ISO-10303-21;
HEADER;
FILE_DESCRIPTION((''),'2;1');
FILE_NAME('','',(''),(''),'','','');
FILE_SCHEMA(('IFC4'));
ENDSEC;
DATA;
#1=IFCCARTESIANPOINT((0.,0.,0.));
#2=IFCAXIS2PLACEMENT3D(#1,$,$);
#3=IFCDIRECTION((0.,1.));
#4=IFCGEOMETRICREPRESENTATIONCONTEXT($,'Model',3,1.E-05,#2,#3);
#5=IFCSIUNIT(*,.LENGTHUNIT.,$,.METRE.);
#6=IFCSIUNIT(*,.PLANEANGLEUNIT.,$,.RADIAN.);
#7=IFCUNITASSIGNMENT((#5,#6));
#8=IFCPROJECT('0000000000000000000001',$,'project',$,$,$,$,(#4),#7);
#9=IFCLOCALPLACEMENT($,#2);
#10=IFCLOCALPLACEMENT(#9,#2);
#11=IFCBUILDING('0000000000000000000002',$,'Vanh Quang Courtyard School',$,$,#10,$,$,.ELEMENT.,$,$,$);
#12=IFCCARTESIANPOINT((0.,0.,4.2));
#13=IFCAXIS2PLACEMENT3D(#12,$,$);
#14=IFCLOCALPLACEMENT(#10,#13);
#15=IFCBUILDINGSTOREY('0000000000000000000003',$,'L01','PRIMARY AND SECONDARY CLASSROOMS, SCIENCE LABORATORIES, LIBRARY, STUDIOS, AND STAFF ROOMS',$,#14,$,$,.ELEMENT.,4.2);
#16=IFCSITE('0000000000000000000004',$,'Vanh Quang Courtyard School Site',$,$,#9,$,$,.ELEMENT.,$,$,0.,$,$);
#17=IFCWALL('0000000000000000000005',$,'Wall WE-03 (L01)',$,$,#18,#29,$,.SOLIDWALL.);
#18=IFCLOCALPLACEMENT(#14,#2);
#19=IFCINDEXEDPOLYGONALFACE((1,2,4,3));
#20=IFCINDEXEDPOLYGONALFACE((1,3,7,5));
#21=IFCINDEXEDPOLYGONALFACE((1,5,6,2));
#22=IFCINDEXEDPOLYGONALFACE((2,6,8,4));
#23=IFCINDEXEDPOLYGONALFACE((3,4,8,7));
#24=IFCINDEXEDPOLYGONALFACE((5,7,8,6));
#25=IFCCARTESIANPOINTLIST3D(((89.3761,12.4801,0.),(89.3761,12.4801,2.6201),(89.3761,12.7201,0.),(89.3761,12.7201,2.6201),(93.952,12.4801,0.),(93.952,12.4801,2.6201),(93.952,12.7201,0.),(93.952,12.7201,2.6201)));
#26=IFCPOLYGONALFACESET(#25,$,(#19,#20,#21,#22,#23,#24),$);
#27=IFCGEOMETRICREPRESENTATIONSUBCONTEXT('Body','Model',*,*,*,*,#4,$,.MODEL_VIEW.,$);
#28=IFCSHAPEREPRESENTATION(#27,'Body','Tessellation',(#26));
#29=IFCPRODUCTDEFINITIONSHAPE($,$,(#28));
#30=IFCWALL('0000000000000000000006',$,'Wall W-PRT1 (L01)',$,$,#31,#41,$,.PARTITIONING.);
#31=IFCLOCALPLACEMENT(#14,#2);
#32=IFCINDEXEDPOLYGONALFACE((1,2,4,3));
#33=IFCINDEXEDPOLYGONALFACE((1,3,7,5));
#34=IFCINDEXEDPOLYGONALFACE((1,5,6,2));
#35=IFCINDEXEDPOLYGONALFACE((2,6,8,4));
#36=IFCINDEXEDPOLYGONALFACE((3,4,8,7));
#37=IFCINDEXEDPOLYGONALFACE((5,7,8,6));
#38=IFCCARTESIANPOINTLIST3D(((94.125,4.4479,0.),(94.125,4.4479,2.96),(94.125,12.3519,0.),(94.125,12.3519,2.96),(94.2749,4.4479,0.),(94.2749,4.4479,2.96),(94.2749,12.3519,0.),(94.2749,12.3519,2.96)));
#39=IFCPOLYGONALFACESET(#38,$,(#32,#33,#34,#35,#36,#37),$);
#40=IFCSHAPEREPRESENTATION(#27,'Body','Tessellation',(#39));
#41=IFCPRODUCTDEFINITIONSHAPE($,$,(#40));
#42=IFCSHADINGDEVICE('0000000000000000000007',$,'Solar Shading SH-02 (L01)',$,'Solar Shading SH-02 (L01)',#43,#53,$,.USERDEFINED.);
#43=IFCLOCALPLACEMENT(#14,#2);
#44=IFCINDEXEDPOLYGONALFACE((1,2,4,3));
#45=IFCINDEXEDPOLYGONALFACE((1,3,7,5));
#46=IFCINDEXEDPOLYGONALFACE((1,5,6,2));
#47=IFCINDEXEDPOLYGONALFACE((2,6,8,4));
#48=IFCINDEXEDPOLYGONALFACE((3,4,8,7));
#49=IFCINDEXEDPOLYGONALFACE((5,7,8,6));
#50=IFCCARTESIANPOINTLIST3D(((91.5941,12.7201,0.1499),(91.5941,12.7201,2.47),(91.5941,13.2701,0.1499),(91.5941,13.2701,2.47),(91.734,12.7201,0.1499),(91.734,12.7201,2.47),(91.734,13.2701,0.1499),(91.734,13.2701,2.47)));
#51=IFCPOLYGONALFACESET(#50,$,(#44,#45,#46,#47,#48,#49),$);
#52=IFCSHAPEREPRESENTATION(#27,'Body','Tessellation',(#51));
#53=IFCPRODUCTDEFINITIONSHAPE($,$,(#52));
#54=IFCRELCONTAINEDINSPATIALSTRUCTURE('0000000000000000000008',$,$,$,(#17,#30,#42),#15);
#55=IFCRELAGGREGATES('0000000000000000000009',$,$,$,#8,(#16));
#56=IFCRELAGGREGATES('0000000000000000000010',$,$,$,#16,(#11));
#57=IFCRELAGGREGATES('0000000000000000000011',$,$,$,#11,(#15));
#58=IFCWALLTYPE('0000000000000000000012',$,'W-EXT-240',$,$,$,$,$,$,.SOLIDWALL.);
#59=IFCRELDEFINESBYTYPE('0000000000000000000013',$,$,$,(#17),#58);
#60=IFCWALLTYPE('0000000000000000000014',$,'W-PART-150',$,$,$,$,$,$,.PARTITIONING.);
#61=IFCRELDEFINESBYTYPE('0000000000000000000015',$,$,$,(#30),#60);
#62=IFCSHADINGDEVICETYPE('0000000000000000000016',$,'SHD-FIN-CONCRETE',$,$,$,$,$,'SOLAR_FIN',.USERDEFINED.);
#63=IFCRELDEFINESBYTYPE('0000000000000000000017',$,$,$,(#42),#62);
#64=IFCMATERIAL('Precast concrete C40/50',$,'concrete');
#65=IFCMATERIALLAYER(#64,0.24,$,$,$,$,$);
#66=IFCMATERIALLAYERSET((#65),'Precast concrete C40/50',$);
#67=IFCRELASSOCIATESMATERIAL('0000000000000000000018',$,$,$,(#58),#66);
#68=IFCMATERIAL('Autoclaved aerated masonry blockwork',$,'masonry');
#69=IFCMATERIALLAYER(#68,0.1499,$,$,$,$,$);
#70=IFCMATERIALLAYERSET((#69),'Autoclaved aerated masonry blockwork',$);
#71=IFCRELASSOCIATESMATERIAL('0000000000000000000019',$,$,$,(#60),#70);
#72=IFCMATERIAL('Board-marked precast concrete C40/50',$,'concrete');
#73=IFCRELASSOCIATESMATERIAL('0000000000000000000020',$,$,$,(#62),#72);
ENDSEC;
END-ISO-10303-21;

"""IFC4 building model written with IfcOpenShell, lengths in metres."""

from ifc_helpers import new_model, si_unit, direction, frame, frame_2d, origin, origin_2d, place, context, subcontext, project, spatial, rectangle, extrude, material, layer, layer_set, type_object, element, save


model = new_model("IFC4")

# Units and contexts
model_context = context("Model", 3, precision=1e-05, world=origin(), true_north=direction((0.0, 1.0)))
body_context = subcontext(model_context, "Body", "Model", "MODEL_VIEW")
ifc_project = project(units=[si_unit("LENGTHUNIT", "METRE"), si_unit("PLANEANGLEUNIT", "RADIAN")], contexts=[model_context])

# Site, building, storey
site_placement = place(None, origin())
site = spatial("IfcSite", under=ifc_project, at=site_placement, Name="Vanh Quang Courtyard School Site", CompositionType="ELEMENT", RefElevation=0.0)
building_placement = place(site_placement, origin())
building = spatial("IfcBuilding", under=site, at=building_placement, Name="Vanh Quang Courtyard School", CompositionType="ELEMENT")
storey_placement = place(building_placement, frame((0.0, 0.0, 4.2)))
storey = spatial("IfcBuildingStorey", under=building, at=storey_placement, Name="L01", Description="PRIMARY AND SECONDARY CLASSROOMS, SCIENCE LABORATORIES, LIBRARY, STUDIOS, AND STAFF ROOMS", CompositionType="ELEMENT", Elevation=4.2)

# Walls
ifc_material_1 = material(Name="Precast concrete C40/50", Category="concrete")
ifc_layer_1 = layer(ifc_material_1, 0.24)
ifc_layer_set_1 = layer_set([ifc_layer_1], Name="Precast concrete C40/50")
wall_type_1 = type_object("IfcWallType", Name="W-EXT-240", PredefinedType="SOLIDWALL", material=ifc_layer_set_1)
wall_1_placement = place(storey_placement, frame((89.376, 12.6001, 0.0), z_axis=(0.0, 0.0, 1.0), x_axis=(1.0, 0.0, 0.0)))
element("IfcWall", 1, at=wall_1_placement, inside=storey, type_object=wall_type_1, Name="Wall WE-03 (L01)", PredefinedType="SOLIDWALL", context=body_context, shape_type="SweptSolid", body=[
    extrude(rectangle(XDim=4.5759, YDim=0.24, at=frame_2d((2.2881, 0.0))), origin(), (0.0, 0.0, 1.0), 2.6201),
])
ifc_material_2 = material(Name="Autoclaved aerated masonry blockwork", Category="masonry")
ifc_layer_2 = layer(ifc_material_2, 0.1499)
ifc_layer_set_2 = layer_set([ifc_layer_2], Name="Autoclaved aerated masonry blockwork")
wall_type_2 = type_object("IfcWallType", Name="W-PART-150", PredefinedType="PARTITIONING", material=ifc_layer_set_2)
wall_2_placement = place(storey_placement, frame((94.2, 12.3521, 0.0), z_axis=(0.0, 0.0, 1.0), x_axis=(0.0, -1.0, 0.0)))
element("IfcWall", 2, at=wall_2_placement, inside=storey, type_object=wall_type_2, Name="Wall W-PRT1 (L01)", PredefinedType="PARTITIONING", context=body_context, shape_type="SweptSolid", body=[
    extrude(rectangle(XDim=7.9041, YDim=0.1499, at=frame_2d((3.9521, 0.0))), origin(), (0.0, 0.0, 1.0), 2.96),
])

# Shading device
ifc_material_3 = material(Name="Board-marked precast concrete C40/50", Category="concrete")
shading_device_type = type_object("IfcShadingDeviceType", Name="SHD-FIN-CONCRETE", ElementType="SOLAR_FIN", PredefinedType="USERDEFINED", material=ifc_material_3)
shading_device_placement = place(storey_placement, frame((91.6641, 12.9951, 0.1499), z_axis=(0.0, 0.0, 1.0), x_axis=(1.0, 0.0, 0.0)))
element("IfcShadingDevice", 3, at=shading_device_placement, inside=storey, type_object=shading_device_type, Name="Solar Shading SH-02 (L01)", ObjectType="Solar Shading SH-02 (L01)", PredefinedType="USERDEFINED", context=body_context, shape_type="SweptSolid", body=[
    extrude(rectangle(XDim=0.1399, YDim=0.55, at=origin_2d()), origin(), (0.0, 0.0, 1.0), 2.3201),
])

save(model, "model.ifc")
